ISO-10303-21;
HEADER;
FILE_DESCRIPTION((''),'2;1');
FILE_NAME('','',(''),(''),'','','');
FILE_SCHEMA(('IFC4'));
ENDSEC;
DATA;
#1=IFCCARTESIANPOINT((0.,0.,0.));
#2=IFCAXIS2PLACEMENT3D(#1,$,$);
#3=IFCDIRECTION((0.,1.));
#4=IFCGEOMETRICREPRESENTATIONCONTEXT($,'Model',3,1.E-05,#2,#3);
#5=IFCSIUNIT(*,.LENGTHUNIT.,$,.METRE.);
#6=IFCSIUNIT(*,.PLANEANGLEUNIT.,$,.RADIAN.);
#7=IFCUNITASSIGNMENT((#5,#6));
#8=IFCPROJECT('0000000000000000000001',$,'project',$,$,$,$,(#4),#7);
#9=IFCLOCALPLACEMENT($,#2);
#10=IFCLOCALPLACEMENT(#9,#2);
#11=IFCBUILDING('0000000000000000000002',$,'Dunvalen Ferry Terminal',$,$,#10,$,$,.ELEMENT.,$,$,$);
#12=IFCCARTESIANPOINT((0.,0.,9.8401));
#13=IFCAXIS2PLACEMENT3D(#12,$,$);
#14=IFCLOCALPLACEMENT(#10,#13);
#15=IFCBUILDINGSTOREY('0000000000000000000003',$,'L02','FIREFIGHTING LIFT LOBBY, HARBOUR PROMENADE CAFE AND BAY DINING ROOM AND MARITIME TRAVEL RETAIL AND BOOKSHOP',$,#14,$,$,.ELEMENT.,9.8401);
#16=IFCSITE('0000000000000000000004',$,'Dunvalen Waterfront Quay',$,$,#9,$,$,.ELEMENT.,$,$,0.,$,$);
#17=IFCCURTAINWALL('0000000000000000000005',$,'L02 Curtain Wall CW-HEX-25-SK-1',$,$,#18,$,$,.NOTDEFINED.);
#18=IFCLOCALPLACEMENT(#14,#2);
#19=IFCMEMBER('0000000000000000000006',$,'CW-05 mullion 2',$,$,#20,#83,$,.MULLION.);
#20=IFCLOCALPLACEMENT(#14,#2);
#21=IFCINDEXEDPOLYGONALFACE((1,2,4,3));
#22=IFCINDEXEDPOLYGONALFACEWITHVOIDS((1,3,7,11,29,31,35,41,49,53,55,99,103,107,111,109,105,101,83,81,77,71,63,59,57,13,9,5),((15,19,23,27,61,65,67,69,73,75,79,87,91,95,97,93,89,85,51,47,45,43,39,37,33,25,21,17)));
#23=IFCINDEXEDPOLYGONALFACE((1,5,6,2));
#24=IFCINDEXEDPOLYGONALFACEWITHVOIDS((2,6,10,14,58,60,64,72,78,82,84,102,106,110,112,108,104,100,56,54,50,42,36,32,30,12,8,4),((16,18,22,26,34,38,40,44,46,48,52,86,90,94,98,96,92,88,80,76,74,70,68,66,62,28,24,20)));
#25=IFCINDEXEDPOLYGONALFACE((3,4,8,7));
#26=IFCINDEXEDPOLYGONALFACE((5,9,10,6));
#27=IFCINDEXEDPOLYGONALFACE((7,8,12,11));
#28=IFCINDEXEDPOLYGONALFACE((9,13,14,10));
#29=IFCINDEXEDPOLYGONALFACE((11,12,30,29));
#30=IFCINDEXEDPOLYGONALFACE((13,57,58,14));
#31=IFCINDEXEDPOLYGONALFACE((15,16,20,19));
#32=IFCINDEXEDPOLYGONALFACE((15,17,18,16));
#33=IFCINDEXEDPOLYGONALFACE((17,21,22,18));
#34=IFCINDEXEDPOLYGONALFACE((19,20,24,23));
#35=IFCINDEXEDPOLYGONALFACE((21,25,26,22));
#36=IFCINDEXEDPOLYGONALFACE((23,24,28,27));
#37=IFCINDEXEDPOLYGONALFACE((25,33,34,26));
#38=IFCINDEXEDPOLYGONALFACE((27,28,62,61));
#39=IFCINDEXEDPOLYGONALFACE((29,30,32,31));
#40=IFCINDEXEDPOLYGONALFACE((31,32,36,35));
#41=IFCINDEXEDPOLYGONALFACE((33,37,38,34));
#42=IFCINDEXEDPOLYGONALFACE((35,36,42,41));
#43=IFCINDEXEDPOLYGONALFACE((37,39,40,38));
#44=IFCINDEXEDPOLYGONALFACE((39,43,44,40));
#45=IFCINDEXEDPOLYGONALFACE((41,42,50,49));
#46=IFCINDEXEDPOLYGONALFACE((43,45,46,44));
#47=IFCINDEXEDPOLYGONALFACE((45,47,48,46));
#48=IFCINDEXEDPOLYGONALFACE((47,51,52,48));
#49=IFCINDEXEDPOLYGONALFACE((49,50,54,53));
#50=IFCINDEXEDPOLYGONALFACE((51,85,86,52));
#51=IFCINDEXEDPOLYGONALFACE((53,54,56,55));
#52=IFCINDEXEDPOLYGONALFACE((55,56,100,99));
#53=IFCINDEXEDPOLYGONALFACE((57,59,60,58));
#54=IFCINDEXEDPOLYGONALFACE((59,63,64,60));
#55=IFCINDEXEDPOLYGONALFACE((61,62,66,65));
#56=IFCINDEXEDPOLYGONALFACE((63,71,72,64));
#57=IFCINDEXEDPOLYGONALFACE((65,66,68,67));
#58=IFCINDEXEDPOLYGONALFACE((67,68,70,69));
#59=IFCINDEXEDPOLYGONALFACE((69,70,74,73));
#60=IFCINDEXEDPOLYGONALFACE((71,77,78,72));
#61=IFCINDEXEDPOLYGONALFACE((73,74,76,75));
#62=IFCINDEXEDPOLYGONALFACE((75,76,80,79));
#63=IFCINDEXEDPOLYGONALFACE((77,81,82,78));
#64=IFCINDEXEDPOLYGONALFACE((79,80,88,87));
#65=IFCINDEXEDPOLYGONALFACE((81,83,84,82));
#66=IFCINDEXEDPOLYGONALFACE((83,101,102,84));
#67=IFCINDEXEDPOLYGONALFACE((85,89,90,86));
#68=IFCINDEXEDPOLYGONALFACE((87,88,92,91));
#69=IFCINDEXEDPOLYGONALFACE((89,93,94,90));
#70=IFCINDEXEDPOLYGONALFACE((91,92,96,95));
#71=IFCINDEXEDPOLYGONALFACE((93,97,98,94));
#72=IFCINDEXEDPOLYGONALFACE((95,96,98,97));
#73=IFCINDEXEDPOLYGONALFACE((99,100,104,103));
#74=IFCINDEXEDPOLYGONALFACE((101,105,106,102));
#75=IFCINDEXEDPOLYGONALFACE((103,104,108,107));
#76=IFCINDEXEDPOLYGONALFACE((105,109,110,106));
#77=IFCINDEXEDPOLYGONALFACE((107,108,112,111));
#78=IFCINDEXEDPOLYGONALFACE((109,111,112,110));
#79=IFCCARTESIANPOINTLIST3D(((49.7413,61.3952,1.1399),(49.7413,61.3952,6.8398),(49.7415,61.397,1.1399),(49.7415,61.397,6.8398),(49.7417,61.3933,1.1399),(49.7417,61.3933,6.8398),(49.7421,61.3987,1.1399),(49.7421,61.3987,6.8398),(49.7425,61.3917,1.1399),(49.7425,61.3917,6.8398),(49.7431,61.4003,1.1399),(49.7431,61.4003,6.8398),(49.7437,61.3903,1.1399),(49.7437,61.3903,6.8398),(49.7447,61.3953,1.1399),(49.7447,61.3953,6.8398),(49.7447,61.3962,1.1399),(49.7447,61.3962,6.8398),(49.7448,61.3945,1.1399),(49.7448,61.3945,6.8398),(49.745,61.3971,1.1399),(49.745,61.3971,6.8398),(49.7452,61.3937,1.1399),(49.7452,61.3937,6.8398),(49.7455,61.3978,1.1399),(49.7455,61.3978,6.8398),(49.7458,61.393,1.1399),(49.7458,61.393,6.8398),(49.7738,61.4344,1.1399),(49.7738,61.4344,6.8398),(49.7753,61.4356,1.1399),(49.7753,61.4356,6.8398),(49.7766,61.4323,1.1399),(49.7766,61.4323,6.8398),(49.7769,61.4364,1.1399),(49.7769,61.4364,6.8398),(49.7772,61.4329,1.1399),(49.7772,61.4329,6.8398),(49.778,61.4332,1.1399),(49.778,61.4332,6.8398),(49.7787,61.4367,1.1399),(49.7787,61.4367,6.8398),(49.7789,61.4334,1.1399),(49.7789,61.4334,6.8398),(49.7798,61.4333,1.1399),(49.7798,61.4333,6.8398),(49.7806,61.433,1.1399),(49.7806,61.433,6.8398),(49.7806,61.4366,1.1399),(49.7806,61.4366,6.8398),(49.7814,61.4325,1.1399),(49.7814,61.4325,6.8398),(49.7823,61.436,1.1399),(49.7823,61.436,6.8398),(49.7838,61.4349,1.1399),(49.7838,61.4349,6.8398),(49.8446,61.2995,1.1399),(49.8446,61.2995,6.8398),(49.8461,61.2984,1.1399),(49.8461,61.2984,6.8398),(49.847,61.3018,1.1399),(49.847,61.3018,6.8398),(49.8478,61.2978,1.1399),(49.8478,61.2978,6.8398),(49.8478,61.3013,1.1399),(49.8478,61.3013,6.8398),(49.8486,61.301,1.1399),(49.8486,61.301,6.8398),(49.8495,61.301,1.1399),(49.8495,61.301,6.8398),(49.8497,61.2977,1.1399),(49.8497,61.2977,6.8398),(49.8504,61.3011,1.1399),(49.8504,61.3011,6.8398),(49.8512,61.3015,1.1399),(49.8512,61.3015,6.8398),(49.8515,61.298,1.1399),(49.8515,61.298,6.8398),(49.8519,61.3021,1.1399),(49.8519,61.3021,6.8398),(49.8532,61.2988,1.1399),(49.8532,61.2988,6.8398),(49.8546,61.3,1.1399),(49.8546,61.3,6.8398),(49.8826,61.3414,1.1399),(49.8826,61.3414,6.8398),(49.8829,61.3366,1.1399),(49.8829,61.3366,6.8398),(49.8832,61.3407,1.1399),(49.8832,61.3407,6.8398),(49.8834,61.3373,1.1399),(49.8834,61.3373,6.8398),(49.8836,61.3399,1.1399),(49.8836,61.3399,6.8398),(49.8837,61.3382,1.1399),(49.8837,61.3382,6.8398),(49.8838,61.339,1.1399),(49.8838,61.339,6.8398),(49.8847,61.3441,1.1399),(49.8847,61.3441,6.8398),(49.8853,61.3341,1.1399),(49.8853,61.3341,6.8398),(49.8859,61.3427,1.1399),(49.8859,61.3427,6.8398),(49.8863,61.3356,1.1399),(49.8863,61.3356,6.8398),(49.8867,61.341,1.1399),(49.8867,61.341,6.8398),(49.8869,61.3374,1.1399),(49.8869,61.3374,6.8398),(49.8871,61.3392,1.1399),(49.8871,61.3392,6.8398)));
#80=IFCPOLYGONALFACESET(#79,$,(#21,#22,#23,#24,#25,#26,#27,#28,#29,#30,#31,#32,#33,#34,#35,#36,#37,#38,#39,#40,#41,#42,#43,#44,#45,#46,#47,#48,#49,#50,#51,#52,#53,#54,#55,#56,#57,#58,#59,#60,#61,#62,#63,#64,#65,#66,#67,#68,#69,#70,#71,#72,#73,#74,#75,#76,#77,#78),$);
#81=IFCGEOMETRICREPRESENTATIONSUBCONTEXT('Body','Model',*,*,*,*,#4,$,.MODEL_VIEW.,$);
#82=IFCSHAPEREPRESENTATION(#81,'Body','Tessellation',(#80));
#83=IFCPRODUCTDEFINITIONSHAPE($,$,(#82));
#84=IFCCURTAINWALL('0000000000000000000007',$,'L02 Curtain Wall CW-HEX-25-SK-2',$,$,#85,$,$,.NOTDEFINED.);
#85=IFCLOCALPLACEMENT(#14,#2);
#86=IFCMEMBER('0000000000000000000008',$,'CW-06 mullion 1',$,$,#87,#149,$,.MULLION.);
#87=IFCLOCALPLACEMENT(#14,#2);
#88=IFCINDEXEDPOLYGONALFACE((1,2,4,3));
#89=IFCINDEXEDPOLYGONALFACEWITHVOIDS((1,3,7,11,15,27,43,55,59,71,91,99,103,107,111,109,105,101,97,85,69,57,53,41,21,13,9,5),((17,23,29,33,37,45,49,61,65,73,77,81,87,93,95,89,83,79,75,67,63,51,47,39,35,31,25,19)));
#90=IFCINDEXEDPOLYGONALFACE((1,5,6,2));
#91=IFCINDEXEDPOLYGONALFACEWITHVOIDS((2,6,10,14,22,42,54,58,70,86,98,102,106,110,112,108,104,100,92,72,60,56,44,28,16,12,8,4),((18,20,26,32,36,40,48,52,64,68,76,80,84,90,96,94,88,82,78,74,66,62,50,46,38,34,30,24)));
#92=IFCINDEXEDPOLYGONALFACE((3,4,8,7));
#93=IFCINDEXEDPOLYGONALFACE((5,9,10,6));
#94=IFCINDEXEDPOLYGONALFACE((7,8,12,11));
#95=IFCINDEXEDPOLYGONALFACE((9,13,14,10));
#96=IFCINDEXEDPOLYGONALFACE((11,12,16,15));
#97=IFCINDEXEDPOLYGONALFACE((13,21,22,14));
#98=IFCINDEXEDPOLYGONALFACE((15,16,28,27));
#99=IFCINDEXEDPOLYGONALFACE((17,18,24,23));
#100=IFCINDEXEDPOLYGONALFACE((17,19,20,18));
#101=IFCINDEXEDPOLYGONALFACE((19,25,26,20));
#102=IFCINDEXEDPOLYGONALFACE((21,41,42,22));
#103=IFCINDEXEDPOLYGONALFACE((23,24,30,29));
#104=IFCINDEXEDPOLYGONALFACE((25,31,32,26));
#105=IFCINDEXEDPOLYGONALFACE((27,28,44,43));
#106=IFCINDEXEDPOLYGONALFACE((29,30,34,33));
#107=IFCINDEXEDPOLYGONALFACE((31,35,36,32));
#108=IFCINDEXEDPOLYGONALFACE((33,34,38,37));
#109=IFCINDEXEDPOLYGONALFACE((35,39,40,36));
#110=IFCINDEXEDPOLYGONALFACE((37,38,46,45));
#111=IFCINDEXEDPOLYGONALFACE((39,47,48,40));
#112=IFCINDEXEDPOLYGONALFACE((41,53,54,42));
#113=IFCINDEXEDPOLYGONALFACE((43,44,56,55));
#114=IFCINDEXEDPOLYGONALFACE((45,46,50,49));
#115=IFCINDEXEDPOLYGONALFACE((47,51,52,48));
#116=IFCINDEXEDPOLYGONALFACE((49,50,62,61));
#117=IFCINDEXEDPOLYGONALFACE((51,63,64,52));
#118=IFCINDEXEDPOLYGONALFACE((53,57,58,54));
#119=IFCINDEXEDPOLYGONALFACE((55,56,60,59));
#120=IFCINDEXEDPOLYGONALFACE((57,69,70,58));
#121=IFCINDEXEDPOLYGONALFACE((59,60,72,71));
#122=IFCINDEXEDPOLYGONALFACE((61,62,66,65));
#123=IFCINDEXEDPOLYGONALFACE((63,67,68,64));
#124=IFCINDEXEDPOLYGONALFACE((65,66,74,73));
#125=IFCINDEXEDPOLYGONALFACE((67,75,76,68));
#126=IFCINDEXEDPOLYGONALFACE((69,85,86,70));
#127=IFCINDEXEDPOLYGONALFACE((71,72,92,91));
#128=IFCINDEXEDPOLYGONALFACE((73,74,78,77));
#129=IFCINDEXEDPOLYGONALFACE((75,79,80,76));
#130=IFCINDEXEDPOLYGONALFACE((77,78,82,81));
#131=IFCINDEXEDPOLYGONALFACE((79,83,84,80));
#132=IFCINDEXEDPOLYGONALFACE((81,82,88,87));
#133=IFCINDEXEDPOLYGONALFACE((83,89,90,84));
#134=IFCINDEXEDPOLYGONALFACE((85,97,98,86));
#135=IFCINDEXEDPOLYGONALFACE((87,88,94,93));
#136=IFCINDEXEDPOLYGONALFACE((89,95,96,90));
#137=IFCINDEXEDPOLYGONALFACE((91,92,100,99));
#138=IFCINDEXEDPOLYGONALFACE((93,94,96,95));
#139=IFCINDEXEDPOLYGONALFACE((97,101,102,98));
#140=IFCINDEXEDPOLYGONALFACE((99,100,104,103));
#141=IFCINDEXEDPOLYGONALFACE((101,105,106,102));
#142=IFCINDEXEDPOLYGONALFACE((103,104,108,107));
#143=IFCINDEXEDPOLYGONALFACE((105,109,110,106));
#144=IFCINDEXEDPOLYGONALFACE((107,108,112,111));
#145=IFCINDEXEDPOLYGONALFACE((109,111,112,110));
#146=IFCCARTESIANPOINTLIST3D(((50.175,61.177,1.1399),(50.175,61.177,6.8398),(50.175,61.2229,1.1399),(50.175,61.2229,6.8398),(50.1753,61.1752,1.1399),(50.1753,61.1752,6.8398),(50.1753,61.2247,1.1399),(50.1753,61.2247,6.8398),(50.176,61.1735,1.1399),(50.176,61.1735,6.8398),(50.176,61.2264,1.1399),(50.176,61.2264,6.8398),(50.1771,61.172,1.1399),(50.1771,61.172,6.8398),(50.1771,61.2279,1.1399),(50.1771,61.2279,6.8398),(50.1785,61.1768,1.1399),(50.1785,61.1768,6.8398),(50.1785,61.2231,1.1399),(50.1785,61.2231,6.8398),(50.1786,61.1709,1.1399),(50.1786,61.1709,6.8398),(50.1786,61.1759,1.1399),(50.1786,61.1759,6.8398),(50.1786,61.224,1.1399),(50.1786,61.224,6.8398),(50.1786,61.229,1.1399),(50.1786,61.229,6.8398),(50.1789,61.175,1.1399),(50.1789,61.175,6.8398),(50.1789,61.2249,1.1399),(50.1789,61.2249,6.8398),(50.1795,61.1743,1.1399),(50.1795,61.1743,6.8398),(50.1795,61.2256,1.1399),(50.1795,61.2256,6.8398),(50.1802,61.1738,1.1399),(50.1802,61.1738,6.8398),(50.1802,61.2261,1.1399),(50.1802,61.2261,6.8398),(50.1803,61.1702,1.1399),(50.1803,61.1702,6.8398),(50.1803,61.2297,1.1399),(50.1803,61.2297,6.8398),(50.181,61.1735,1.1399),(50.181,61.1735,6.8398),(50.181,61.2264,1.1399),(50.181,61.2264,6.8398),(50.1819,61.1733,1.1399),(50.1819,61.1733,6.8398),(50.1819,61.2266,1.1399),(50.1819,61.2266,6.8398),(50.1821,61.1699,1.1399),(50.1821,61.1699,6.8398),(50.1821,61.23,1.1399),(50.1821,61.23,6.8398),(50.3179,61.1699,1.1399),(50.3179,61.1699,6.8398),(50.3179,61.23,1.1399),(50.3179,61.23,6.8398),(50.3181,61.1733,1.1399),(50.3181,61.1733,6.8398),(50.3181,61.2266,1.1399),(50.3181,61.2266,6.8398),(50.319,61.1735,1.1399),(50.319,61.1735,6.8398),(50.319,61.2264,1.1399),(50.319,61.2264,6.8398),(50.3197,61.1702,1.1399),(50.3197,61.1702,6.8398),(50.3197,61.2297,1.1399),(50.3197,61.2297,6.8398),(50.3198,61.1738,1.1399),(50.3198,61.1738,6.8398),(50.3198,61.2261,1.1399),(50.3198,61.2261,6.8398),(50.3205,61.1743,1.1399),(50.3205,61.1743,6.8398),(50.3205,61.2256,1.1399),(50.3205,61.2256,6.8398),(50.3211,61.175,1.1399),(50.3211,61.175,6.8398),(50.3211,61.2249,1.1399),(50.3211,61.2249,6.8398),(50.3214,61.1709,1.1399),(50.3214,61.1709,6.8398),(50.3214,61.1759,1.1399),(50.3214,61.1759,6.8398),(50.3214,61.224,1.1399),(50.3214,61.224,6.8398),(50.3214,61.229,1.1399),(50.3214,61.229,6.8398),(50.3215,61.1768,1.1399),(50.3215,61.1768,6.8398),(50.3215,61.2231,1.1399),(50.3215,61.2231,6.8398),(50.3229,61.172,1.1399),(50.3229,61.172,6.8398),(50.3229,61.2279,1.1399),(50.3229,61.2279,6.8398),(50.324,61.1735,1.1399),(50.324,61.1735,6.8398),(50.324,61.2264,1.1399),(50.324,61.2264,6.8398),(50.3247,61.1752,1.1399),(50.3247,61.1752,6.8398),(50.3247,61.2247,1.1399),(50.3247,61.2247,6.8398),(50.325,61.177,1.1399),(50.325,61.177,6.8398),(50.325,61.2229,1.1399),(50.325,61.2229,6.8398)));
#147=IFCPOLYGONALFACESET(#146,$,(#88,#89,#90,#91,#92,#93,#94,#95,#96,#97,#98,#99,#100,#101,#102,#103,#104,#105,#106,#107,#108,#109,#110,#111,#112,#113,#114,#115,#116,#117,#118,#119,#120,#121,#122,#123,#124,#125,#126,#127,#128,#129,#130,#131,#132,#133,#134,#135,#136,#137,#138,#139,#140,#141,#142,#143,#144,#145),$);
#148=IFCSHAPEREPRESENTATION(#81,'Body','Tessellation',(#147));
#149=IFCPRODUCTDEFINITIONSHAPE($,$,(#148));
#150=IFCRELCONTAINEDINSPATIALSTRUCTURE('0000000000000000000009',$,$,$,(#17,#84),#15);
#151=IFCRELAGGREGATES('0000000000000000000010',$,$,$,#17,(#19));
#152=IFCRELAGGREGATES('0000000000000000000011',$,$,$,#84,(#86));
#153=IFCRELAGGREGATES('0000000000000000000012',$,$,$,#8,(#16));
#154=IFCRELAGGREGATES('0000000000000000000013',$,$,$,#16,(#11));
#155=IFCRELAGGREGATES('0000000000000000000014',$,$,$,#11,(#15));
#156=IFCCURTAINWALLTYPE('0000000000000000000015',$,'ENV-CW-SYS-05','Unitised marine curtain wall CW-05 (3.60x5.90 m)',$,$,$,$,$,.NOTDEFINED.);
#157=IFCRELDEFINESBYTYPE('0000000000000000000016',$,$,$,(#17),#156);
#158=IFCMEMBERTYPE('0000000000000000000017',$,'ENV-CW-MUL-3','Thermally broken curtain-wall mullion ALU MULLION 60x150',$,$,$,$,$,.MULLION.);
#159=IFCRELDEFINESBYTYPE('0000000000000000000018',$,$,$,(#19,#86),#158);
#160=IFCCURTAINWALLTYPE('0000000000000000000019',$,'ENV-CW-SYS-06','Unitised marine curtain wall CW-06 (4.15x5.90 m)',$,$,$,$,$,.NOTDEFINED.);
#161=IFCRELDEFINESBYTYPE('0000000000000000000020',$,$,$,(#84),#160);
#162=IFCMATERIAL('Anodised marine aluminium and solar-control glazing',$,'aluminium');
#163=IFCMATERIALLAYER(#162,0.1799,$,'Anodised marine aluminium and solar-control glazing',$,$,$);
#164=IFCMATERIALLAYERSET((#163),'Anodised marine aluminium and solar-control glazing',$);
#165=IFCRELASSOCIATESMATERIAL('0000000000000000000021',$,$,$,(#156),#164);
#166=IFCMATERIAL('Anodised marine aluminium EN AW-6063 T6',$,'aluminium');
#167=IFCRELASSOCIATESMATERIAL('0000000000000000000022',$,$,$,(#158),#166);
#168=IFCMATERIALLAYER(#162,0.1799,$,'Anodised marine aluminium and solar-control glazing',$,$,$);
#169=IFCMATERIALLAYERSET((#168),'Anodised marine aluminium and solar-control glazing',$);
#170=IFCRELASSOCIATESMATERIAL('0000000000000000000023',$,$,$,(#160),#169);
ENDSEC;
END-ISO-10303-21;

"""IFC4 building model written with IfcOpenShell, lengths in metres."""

from ifc_helpers import new_model, si_unit, direction, frame, origin, origin_2d, place, context, subcontext, project, spatial, hollow_rectangle, extrude, material, layer, layer_set, material_profile, profile_set, type_object, element, aggregate, save


model = new_model("IFC4")

# Units and contexts
model_context = context("Model", 3, precision=1e-05, world=origin(), true_north=direction((0.0, 1.0)))
body_context = subcontext(model_context, "Body", "Model", "MODEL_VIEW")
ifc_project = project(units=[si_unit("LENGTHUNIT", "METRE"), si_unit("PLANEANGLEUNIT", "RADIAN")], contexts=[model_context])

# Site, building, storey
site_placement = place(None, origin())
site = spatial("IfcSite", under=ifc_project, at=site_placement, Name="Dunvalen Waterfront Quay", CompositionType="ELEMENT", RefElevation=0.0)
building_placement = place(site_placement, origin())
building = spatial("IfcBuilding", under=site, at=building_placement, Name="Dunvalen Ferry Terminal", CompositionType="ELEMENT")
storey_placement = place(building_placement, frame((0.0, 0.0, 9.8401)))
storey = spatial("IfcBuildingStorey", under=building, at=storey_placement, Name="L02", Description="FIREFIGHTING LIFT LOBBY, HARBOUR PROMENADE CAFE AND BAY DINING ROOM AND MARITIME TRAVEL RETAIL AND BOOKSHOP", CompositionType="ELEMENT", Elevation=9.8401)

# Curtain wall, member
ifc_material_1 = material(Name="Anodised marine aluminium and solar-control glazing", Category="aluminium")
ifc_layer_1 = layer(ifc_material_1, 0.1799, Name="Anodised marine aluminium and solar-control glazing")
ifc_layer_set_1 = layer_set([ifc_layer_1], Name="Anodised marine aluminium and solar-control glazing")
curtain_wall_type_1 = type_object("IfcCurtainWallType", Name="ENV-CW-SYS-05", Description="Unitised marine curtain wall CW-05 (3.60x5.90 m)", PredefinedType="NOTDEFINED", material=ifc_layer_set_1)
curtain_wall_1_placement = place(storey_placement, origin())
curtain_wall_1 = element("IfcCurtainWall", 1, at=curtain_wall_1_placement, inside=storey, type_object=curtain_wall_type_1, Name="L02 Curtain Wall CW-HEX-25-SK-1", PredefinedType="NOTDEFINED")
ifc_material_2 = material(Name="Anodised marine aluminium EN AW-6063 T6", Category="aluminium")
ifc_material_profile_1 = material_profile(ifc_material_2, hollow_rectangle(XDim=0.0601, YDim=0.1499, WallThickness=0.0034, InnerFilletRadius=0.0034, OuterFilletRadius=0.0071, at=origin_2d()), Name="Anodised marine aluminium EN AW-6063 T6")
ifc_profile_set_1 = profile_set([ifc_material_profile_1], Name="Anodised marine aluminium EN AW-6063 T6")
member_type_1 = type_object("IfcMemberType", Name="ENV-CW-MUL-3", Description="Thermally broken curtain-wall mullion ALU MULLION 60x150", PredefinedType="MULLION", material=ifc_profile_set_1)
member_1_placement = place(storey_placement, frame((49.8142, 61.3672, 1.1399), z_axis=(0.0, 0.0, 1.0), x_axis=(0.668954, 0.743304, 0.0)))
member_1 = element("IfcMember", 2, at=member_1_placement, type_object=member_type_1, Name="CW-05 mullion 2", PredefinedType="MULLION", context=body_context, shape_type="SweptSolid", body=[
    extrude(hollow_rectangle(XDim=0.0601, YDim=0.1499, WallThickness=0.0034, InnerFilletRadius=0.0034, OuterFilletRadius=0.0071, at=origin_2d()), origin(), (0.0, 0.0, 1.0), 5.7),
])

# Curtain wall, member
ifc_layer_2 = layer(ifc_material_1, 0.1799, Name="Anodised marine aluminium and solar-control glazing")
ifc_layer_set_2 = layer_set([ifc_layer_2], Name="Anodised marine aluminium and solar-control glazing")
curtain_wall_type_2 = type_object("IfcCurtainWallType", Name="ENV-CW-SYS-06", Description="Unitised marine curtain wall CW-06 (4.15x5.90 m)", PredefinedType="NOTDEFINED", material=ifc_layer_set_2)
curtain_wall_2_placement = place(storey_placement, origin())
curtain_wall_2 = element("IfcCurtainWall", 3, at=curtain_wall_2_placement, inside=storey, type_object=curtain_wall_type_2, Name="L02 Curtain Wall CW-HEX-25-SK-2", PredefinedType="NOTDEFINED")
member_2_placement = place(storey_placement, frame((50.25, 61.2, 1.1399), z_axis=(0.0, 0.0, 1.0), x_axis=(0.0, 1.0, 0.0)))
member_2 = element("IfcMember", 4, at=member_2_placement, type_object=member_type_1, Name="CW-06 mullion 1", PredefinedType="MULLION", context=body_context, shape_type="SweptSolid", body=[
    extrude(hollow_rectangle(XDim=0.0601, YDim=0.1499, WallThickness=0.0034, InnerFilletRadius=0.0034, OuterFilletRadius=0.0071, at=origin_2d()), origin(), (0.0, 0.0, 1.0), 5.7),
])

aggregate(curtain_wall_1, [member_1])
aggregate(curtain_wall_2, [member_2])

save(model, "model.ifc")
